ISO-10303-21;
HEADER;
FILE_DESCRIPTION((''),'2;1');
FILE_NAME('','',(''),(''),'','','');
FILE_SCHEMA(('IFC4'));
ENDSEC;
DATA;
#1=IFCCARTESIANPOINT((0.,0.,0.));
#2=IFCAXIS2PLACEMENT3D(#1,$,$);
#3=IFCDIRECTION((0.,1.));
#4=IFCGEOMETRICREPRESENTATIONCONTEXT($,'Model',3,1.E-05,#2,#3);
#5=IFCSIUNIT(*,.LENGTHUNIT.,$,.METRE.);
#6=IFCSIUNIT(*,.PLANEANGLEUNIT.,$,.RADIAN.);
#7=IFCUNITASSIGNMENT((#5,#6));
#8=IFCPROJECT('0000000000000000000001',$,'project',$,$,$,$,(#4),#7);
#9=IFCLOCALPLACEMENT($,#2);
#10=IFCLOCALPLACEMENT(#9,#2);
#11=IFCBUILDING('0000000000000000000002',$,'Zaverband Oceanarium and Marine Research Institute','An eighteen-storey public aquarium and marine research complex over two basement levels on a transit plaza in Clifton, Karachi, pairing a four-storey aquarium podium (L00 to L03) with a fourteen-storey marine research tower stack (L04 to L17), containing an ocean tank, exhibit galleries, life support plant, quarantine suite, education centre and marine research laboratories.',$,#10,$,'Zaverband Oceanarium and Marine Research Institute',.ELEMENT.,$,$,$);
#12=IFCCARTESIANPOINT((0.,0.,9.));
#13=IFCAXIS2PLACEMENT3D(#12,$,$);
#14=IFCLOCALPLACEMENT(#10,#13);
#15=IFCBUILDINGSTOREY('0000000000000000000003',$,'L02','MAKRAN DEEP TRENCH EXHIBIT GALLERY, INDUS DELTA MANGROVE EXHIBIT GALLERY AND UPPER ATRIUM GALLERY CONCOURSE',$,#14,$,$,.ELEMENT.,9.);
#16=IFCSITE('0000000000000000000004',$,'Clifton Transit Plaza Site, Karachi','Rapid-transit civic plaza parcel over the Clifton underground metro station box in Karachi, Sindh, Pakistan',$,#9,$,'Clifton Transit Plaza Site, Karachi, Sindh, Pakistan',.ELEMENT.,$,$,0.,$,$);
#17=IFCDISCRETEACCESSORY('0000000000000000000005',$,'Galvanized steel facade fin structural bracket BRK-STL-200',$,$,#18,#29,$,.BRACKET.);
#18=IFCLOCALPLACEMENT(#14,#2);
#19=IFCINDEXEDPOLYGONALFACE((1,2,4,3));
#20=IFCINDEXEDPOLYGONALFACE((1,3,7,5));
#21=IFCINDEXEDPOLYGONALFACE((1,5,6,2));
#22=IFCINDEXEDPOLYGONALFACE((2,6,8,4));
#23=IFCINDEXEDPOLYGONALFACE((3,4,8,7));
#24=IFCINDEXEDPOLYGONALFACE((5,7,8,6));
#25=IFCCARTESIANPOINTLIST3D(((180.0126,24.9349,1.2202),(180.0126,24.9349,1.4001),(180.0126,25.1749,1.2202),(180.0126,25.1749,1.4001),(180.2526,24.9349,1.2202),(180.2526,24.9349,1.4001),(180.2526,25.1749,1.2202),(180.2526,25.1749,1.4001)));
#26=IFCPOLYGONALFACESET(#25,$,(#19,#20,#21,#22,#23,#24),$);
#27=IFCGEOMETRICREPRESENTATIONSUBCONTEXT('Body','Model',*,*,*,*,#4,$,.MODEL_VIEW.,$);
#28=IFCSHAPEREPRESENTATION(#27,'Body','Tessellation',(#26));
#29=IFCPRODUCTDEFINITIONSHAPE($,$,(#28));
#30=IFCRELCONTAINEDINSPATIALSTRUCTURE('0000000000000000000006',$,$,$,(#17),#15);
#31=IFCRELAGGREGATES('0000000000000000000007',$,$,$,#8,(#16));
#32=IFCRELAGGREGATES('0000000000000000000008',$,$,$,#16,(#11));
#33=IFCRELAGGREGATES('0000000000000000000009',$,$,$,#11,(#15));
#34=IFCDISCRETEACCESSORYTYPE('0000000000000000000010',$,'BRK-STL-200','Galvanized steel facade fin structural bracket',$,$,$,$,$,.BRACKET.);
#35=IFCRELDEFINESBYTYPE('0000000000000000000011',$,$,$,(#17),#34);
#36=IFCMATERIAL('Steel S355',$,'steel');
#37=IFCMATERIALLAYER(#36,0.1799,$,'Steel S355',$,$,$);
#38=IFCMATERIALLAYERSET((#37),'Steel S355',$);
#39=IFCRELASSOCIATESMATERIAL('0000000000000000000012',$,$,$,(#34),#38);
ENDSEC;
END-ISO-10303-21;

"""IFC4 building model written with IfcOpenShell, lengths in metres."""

from ifc_helpers import new_model, si_unit, direction, frame, origin, origin_2d, place, context, subcontext, project, spatial, rectangle, extrude, material, layer, layer_set, type_object, element, save


model = new_model("IFC4")

# Units and contexts
model_context = context("Model", 3, precision=1e-05, world=origin(), true_north=direction((0.0, 1.0)))
body_context = subcontext(model_context, "Body", "Model", "MODEL_VIEW")
ifc_project = project(units=[si_unit("LENGTHUNIT", "METRE"), si_unit("PLANEANGLEUNIT", "RADIAN")], contexts=[model_context])

# Site, building, storey
site_placement = place(None, origin())
site = spatial("IfcSite", under=ifc_project, at=site_placement, Name="Clifton Transit Plaza Site, Karachi", Description="Rapid-transit civic plaza parcel over the Clifton underground metro station box in Karachi, Sindh, Pakistan", LongName="Clifton Transit Plaza Site, Karachi, Sindh, Pakistan", CompositionType="ELEMENT", RefElevation=0.0)
building_placement = place(site_placement, origin())
building = spatial("IfcBuilding", under=site, at=building_placement, Name="Zaverband Oceanarium and Marine Research Institute", Description="An eighteen-storey public aquarium and marine research complex over two basement levels on a transit plaza in Clifton, Karachi, pairing a four-storey aquarium podium (L00 to L03) with a fourteen-storey marine research tower stack (L04 to L17), containing an ocean tank, exhibit galleries, life support plant, quarantine suite, education centre and marine research laboratories.", LongName="Zaverband Oceanarium and Marine Research Institute", CompositionType="ELEMENT")
storey_placement = place(building_placement, frame((0.0, 0.0, 9.0)))
storey = spatial("IfcBuildingStorey", under=building, at=storey_placement, Name="L02", Description="MAKRAN DEEP TRENCH EXHIBIT GALLERY, INDUS DELTA MANGROVE EXHIBIT GALLERY AND UPPER ATRIUM GALLERY CONCOURSE", CompositionType="ELEMENT", Elevation=9.0)

# Discrete accessory
ifc_material_1 = material(Name="Steel S355", Category="steel")
ifc_layer_1 = layer(ifc_material_1, 0.1799, Name="Steel S355")
ifc_layer_set_1 = layer_set([ifc_layer_1], Name="Steel S355")
discrete_accessory_type = type_object("IfcDiscreteAccessoryType", Name="BRK-STL-200", Description="Galvanized steel facade fin structural bracket", PredefinedType="BRACKET", material=ifc_layer_set_1)
discrete_accessory_placement = place(storey_placement, frame((180.1326, 25.0549, 1.2202), z_axis=(0.0, 0.0, 1.0), x_axis=(1.0, 0.0, 0.0)))
element("IfcDiscreteAccessory", 1, at=discrete_accessory_placement, inside=storey, type_object=discrete_accessory_type, Name="Galvanized steel facade fin structural bracket BRK-STL-200", PredefinedType="BRACKET", context=body_context, shape_type="SweptSolid", body=[
    extrude(rectangle(XDim=0.24, YDim=0.24, at=origin_2d()), origin(), (0.0, 0.0, 1.0), 0.1799),
])

save(model, "model.ifc")
